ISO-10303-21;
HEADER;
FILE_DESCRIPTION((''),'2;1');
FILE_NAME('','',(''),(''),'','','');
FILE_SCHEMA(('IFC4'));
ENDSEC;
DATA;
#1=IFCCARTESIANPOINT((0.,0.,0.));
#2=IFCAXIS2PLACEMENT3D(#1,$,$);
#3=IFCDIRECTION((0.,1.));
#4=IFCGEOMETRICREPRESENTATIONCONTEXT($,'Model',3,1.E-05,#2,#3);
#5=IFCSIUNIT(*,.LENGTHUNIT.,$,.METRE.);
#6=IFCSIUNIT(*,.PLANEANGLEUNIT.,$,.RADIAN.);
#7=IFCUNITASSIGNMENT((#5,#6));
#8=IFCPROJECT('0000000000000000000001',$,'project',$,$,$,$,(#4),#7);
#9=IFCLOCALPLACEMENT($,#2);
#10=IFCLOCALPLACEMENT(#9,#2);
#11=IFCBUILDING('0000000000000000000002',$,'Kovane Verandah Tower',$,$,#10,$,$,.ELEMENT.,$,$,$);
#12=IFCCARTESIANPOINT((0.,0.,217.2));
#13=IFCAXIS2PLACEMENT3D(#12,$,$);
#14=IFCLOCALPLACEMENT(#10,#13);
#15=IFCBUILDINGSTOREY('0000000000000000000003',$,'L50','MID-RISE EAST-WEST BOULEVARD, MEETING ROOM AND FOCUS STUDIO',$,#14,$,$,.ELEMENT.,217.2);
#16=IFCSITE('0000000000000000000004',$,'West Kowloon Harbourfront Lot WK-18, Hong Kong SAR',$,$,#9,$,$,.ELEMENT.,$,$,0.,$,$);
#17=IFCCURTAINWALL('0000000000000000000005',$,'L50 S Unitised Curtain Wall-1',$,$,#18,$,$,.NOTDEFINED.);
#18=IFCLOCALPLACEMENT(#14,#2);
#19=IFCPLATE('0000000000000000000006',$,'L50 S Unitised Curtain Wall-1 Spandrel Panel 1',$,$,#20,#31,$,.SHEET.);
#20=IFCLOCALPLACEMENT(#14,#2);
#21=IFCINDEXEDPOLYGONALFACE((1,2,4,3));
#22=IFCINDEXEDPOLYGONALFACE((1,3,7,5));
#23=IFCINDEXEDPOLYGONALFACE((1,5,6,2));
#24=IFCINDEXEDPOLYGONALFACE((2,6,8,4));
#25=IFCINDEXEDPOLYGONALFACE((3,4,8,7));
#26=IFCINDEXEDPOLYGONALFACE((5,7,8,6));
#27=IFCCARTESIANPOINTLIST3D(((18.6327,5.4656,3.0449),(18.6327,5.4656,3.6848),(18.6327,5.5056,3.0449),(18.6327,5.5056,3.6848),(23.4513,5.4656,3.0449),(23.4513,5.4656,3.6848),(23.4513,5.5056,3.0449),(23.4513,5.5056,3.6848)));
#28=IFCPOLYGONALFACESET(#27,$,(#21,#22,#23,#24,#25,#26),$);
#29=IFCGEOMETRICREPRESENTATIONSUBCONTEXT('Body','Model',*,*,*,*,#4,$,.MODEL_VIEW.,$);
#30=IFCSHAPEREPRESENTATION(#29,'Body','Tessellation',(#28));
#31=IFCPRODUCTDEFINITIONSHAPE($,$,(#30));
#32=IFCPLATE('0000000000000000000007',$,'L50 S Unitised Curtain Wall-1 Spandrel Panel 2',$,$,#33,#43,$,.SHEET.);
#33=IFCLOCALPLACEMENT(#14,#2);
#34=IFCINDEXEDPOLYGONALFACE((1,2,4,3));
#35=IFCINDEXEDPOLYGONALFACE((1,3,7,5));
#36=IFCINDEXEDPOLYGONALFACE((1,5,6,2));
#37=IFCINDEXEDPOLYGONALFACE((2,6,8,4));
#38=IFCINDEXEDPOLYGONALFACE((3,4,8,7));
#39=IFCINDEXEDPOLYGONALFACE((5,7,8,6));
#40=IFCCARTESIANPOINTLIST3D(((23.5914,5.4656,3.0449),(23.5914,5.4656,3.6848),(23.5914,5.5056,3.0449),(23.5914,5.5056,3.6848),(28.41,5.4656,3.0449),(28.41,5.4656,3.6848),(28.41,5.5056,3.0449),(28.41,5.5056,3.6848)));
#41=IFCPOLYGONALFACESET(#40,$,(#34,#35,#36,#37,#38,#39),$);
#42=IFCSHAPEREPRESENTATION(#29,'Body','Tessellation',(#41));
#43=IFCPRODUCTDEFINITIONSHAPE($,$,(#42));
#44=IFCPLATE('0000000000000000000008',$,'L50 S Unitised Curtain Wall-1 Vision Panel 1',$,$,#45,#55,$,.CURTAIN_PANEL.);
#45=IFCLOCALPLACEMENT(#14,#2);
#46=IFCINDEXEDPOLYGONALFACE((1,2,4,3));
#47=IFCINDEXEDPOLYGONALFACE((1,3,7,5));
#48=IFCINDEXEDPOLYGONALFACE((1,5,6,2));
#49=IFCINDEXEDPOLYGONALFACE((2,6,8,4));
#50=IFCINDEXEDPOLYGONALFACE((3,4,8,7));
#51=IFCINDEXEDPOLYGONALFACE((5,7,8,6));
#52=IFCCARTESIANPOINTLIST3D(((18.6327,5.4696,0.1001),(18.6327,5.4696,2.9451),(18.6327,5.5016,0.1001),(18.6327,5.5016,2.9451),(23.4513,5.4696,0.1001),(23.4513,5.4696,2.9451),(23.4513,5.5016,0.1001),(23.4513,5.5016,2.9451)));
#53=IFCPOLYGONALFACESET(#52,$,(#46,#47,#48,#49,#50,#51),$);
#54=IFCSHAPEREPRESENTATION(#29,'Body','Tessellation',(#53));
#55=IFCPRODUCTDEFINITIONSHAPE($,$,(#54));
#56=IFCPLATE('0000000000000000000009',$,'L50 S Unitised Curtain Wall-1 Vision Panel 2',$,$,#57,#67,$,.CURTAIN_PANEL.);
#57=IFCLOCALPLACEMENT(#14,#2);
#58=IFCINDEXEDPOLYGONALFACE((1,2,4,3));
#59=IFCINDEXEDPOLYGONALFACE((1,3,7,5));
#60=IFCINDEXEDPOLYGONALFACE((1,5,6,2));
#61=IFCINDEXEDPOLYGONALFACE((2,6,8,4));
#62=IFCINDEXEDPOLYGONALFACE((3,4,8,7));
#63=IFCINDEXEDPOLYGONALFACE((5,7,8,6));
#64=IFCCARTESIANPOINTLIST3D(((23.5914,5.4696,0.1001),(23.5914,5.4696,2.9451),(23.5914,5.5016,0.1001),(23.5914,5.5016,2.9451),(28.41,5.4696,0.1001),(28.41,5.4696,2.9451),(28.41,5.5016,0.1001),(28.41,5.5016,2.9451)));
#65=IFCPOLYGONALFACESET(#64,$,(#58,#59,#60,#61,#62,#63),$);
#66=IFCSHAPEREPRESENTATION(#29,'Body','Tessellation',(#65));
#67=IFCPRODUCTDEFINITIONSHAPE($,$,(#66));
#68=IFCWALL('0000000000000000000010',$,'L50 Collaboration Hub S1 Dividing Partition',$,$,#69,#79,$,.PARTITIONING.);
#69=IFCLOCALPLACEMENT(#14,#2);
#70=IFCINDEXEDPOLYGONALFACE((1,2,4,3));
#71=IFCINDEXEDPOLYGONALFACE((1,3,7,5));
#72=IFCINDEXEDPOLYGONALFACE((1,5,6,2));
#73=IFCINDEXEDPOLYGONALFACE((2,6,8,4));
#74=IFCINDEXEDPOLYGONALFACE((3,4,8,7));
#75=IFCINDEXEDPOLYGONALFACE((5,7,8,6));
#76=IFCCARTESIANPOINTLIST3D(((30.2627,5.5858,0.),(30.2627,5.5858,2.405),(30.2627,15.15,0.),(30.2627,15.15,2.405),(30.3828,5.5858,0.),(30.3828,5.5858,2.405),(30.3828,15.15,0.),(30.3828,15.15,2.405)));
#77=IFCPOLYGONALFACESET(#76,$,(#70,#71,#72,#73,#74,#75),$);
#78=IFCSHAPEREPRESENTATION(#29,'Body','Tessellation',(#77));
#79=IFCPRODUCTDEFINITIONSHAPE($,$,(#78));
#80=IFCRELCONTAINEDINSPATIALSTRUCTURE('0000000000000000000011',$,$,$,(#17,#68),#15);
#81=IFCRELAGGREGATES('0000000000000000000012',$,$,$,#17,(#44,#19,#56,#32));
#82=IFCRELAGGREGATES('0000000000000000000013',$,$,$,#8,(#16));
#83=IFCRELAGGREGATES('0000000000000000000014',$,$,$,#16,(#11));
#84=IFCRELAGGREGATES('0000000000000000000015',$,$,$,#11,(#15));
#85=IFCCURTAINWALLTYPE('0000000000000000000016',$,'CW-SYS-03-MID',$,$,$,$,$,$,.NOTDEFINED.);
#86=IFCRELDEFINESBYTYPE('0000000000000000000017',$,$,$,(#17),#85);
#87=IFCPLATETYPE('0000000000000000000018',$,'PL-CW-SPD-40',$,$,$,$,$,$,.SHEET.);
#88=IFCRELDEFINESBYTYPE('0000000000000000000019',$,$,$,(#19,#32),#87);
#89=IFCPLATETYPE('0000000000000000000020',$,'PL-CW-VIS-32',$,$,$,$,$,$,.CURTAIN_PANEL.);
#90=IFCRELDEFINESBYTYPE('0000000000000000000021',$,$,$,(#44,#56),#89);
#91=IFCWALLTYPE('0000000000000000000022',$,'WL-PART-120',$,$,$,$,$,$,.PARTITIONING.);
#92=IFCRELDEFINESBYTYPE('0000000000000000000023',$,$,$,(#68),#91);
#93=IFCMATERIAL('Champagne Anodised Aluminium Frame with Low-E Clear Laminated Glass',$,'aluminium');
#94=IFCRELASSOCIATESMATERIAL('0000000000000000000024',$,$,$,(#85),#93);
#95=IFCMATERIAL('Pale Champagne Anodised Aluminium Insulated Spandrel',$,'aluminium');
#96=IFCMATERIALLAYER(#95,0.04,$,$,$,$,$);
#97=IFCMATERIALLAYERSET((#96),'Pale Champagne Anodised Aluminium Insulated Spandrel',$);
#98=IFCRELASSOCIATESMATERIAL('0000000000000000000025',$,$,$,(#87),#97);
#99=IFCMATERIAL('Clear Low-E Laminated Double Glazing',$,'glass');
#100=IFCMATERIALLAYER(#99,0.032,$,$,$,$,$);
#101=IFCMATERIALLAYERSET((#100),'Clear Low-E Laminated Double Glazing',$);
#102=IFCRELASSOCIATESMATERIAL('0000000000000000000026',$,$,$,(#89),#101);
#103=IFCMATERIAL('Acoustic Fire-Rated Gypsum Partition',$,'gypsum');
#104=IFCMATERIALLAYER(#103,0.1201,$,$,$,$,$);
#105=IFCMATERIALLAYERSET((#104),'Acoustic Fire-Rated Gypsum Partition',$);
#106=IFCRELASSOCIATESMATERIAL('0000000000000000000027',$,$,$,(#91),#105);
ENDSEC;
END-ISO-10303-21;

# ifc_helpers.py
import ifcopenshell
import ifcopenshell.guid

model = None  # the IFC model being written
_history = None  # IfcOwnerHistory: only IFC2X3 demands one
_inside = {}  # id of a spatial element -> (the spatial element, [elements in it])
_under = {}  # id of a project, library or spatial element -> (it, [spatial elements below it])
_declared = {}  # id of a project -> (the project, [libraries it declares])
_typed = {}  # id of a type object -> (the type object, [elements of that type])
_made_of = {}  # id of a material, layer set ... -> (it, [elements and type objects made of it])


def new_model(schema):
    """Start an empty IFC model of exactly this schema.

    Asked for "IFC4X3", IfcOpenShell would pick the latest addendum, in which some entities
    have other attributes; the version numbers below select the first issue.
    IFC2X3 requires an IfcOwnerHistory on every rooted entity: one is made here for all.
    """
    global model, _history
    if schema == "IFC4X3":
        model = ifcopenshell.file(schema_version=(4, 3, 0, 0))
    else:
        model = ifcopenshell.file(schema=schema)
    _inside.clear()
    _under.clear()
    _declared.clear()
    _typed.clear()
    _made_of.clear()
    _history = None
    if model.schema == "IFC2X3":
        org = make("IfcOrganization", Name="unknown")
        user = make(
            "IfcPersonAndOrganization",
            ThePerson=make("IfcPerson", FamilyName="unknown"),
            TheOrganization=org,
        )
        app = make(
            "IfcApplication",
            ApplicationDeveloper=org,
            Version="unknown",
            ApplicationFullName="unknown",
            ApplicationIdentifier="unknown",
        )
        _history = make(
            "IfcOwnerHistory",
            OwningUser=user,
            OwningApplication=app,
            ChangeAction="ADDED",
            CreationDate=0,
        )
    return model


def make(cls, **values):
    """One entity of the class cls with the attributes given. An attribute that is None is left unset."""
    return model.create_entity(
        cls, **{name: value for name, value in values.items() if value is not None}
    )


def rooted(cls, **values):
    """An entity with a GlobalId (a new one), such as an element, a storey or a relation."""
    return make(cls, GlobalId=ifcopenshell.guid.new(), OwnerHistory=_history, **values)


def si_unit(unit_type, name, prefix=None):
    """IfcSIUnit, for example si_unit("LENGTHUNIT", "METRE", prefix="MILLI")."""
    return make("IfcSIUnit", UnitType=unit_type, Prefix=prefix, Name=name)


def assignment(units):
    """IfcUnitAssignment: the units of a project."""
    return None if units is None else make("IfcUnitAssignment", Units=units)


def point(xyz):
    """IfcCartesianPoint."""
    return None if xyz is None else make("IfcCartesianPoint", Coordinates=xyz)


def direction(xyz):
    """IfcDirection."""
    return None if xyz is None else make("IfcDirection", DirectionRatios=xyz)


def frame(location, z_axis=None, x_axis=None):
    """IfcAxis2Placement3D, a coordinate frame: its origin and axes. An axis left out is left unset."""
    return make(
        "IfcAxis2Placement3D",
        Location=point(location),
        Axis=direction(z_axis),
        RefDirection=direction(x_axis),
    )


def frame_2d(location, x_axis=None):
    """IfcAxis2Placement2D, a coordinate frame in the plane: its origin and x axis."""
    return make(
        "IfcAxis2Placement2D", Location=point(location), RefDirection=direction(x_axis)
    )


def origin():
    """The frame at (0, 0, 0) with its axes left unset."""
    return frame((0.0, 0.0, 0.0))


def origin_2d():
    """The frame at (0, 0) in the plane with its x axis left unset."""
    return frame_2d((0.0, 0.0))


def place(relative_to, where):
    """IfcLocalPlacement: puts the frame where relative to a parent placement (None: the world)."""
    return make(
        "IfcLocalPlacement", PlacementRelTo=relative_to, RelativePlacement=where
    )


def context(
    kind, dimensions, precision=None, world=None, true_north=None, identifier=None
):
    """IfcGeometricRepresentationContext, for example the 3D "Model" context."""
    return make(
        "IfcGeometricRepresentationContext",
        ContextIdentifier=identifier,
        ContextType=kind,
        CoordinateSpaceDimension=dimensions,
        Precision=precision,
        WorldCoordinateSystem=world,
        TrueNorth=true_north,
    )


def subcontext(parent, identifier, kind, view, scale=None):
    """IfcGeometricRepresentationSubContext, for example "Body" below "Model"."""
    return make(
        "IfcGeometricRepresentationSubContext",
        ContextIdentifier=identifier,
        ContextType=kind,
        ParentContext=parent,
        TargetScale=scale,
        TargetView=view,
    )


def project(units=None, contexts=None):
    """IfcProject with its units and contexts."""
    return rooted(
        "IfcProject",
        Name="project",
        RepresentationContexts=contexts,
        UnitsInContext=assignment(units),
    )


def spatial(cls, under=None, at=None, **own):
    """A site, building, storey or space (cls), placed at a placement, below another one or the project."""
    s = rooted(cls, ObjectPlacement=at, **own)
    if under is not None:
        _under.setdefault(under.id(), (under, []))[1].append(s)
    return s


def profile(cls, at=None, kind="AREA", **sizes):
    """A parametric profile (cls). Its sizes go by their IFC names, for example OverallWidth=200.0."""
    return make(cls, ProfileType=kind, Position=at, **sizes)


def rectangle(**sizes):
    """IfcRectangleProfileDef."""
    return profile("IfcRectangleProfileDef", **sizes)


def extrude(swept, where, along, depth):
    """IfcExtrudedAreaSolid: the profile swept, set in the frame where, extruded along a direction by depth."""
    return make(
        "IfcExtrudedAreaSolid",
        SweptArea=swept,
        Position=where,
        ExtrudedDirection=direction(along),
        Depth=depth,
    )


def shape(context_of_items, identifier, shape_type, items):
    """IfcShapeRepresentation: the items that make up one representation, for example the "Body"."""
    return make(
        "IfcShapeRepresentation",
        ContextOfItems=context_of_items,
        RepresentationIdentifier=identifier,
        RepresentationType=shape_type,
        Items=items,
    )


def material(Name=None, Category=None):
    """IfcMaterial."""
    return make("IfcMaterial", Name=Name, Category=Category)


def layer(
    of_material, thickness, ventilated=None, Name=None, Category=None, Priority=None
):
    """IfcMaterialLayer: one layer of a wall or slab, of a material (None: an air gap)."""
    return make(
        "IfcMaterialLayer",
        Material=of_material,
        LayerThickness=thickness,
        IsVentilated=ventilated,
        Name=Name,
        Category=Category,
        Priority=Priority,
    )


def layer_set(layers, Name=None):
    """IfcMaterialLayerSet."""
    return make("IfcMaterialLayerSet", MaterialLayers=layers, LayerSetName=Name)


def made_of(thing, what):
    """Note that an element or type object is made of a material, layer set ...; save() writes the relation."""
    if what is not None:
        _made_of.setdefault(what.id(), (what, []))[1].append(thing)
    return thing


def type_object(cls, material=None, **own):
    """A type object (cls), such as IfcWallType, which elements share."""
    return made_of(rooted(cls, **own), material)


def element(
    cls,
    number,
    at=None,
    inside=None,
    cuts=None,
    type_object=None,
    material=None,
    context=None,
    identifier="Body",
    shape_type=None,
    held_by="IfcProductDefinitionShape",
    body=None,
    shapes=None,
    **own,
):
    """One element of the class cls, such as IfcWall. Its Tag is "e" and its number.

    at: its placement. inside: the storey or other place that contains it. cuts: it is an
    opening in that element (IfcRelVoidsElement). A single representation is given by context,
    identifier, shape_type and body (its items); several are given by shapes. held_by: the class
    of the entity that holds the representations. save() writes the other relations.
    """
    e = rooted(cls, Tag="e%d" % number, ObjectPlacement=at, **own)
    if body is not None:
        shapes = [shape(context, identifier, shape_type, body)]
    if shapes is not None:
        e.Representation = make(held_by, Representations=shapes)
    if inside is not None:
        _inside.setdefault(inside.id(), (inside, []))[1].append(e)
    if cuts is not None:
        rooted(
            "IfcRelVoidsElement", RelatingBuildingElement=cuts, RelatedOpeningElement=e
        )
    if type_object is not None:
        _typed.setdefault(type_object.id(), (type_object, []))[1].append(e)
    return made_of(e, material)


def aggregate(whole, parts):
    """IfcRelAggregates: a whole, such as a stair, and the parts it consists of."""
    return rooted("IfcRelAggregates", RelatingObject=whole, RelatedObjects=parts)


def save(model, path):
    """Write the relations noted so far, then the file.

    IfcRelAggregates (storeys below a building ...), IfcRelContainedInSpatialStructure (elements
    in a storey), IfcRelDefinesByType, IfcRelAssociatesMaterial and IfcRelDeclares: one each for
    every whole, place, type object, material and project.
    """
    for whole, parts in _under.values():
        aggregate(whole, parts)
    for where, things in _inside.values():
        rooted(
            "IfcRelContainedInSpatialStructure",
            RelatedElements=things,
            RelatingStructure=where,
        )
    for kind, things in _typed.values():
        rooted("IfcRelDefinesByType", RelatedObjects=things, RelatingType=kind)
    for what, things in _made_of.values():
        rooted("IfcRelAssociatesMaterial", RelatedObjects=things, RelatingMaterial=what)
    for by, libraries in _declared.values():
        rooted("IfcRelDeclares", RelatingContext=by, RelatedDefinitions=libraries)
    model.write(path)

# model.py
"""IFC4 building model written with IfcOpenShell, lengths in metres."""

from ifc_helpers import new_model, si_unit, direction, frame, frame_2d, origin, origin_2d, place, context, subcontext, project, spatial, rectangle, extrude, material, layer, layer_set, type_object, element, aggregate, save


model = new_model("IFC4")

# Units and contexts
model_context = context("Model", 3, precision=1e-05, world=origin(), true_north=direction((0.0, 1.0)))
body_context = subcontext(model_context, "Body", "Model", "MODEL_VIEW")
ifc_project = project(units=[si_unit("LENGTHUNIT", "METRE"), si_unit("PLANEANGLEUNIT", "RADIAN")], contexts=[model_context])

# Site, building, storey
site_placement = place(None, origin())
site = spatial("IfcSite", under=ifc_project, at=site_placement, Name="West Kowloon Harbourfront Lot WK-18, Hong Kong SAR", CompositionType="ELEMENT", RefElevation=0.0)
building_placement = place(site_placement, origin())
building = spatial("IfcBuilding", under=site, at=building_placement, Name="Kovane Verandah Tower", CompositionType="ELEMENT")
storey_placement = place(building_placement, frame((0.0, 0.0, 217.2)))
storey = spatial("IfcBuildingStorey", under=building, at=storey_placement, Name="L50", Description="MID-RISE EAST-WEST BOULEVARD, MEETING ROOM AND FOCUS STUDIO", CompositionType="ELEMENT", Elevation=217.2)

# Curtain wall
ifc_material_1 = material(Name="Champagne Anodised Aluminium Frame with Low-E Clear Laminated Glass", Category="aluminium")
curtain_wall_type = type_object("IfcCurtainWallType", Name="CW-SYS-03-MID", PredefinedType="NOTDEFINED", material=ifc_material_1)
curtain_wall_1_placement = place(storey_placement, origin())
curtain_wall_1 = element("IfcCurtainWall", 1, at=curtain_wall_1_placement, inside=storey, type_object=curtain_wall_type, Name="L50 S Unitised Curtain Wall-1", PredefinedType="NOTDEFINED")

# Plates
ifc_material_2 = material(Name="Pale Champagne Anodised Aluminium Insulated Spandrel", Category="aluminium")
ifc_layer_1 = layer(ifc_material_2, 0.04)
ifc_layer_set_1 = layer_set([ifc_layer_1], Name="Pale Champagne Anodised Aluminium Insulated Spandrel")
plate_type_1 = type_object("IfcPlateType", Name="PL-CW-SPD-40", PredefinedType="SHEET", material=ifc_layer_set_1)
plate_1_placement = place(storey_placement, frame((21.042, 5.4856, 3.0449), z_axis=(0.0, 0.0, 1.0), x_axis=(1.0, 0.0, 0.0)))
plate_1 = element("IfcPlate", 2, at=plate_1_placement, type_object=plate_type_1, Name="L50 S Unitised Curtain Wall-1 Spandrel Panel 1", PredefinedType="SHEET", context=body_context, shape_type="SweptSolid", body=[
    extrude(rectangle(XDim=4.8186, YDim=0.04, at=origin_2d()), origin(), (0.0, 0.0, 1.0), 0.6399),
])
plate_2_placement = place(storey_placement, frame((26.0007, 5.4856, 3.0449), z_axis=(0.0, 0.0, 1.0), x_axis=(1.0, 0.0, 0.0)))
plate_2 = element("IfcPlate", 3, at=plate_2_placement, type_object=plate_type_1, Name="L50 S Unitised Curtain Wall-1 Spandrel Panel 2", PredefinedType="SHEET", context=body_context, shape_type="SweptSolid", body=[
    extrude(rectangle(XDim=4.8186, YDim=0.04, at=origin_2d()), origin(), (0.0, 0.0, 1.0), 0.6399),
])
ifc_material_3 = material(Name="Clear Low-E Laminated Double Glazing", Category="glass")
ifc_layer_2 = layer(ifc_material_3, 0.032)
ifc_layer_set_2 = layer_set([ifc_layer_2], Name="Clear Low-E Laminated Double Glazing")
plate_type_2 = type_object("IfcPlateType", Name="PL-CW-VIS-32", PredefinedType="CURTAIN_PANEL", material=ifc_layer_set_2)
plate_3_placement = place(storey_placement, frame((21.042, 5.4856, 0.1001), z_axis=(0.0, 0.0, 1.0), x_axis=(1.0, 0.0, 0.0)))
plate_3 = element("IfcPlate", 4, at=plate_3_placement, type_object=plate_type_2, Name="L50 S Unitised Curtain Wall-1 Vision Panel 1", PredefinedType="CURTAIN_PANEL", context=body_context, shape_type="SweptSolid", body=[
    extrude(rectangle(XDim=4.8186, YDim=0.032, at=origin_2d()), origin(), (0.0, 0.0, 1.0), 2.845),
])
plate_4_placement = place(storey_placement, frame((26.0007, 5.4856, 0.1001), z_axis=(0.0, 0.0, 1.0), x_axis=(1.0, 0.0, 0.0)))
plate_4 = element("IfcPlate", 5, at=plate_4_placement, type_object=plate_type_2, Name="L50 S Unitised Curtain Wall-1 Vision Panel 2", PredefinedType="CURTAIN_PANEL", context=body_context, shape_type="SweptSolid", body=[
    extrude(rectangle(XDim=4.8186, YDim=0.032, at=origin_2d()), origin(), (0.0, 0.0, 1.0), 2.845),
])
aggregate(curtain_wall_1, [plate_3, plate_1, plate_4, plate_2])

# Wall
ifc_material_4 = material(Name="Acoustic Fire-Rated Gypsum Partition", Category="gypsum")
ifc_layer_3 = layer(ifc_material_4, 0.1201)
ifc_layer_set_3 = layer_set([ifc_layer_3], Name="Acoustic Fire-Rated Gypsum Partition")
wall_type = type_object("IfcWallType", Name="WL-PART-120", PredefinedType="PARTITIONING", material=ifc_layer_set_3)
wall_placement = place(storey_placement, frame((30.3228, 5.5857, 0.0), z_axis=(0.0, 0.0, 1.0), x_axis=(0.0, 1.0, 0.0)))
element("IfcWall", 6, at=wall_placement, inside=storey, type_object=wall_type, Name="L50 Collaboration Hub S1 Dividing Partition", PredefinedType="PARTITIONING", context=body_context, shape_type="SweptSolid", body=[
    extrude(rectangle(XDim=9.5642, YDim=0.1201, at=frame_2d((4.7822, 0.0))), origin(), (0.0, 0.0, 1.0), 2.405),
])

save(model, "model.ifc")
